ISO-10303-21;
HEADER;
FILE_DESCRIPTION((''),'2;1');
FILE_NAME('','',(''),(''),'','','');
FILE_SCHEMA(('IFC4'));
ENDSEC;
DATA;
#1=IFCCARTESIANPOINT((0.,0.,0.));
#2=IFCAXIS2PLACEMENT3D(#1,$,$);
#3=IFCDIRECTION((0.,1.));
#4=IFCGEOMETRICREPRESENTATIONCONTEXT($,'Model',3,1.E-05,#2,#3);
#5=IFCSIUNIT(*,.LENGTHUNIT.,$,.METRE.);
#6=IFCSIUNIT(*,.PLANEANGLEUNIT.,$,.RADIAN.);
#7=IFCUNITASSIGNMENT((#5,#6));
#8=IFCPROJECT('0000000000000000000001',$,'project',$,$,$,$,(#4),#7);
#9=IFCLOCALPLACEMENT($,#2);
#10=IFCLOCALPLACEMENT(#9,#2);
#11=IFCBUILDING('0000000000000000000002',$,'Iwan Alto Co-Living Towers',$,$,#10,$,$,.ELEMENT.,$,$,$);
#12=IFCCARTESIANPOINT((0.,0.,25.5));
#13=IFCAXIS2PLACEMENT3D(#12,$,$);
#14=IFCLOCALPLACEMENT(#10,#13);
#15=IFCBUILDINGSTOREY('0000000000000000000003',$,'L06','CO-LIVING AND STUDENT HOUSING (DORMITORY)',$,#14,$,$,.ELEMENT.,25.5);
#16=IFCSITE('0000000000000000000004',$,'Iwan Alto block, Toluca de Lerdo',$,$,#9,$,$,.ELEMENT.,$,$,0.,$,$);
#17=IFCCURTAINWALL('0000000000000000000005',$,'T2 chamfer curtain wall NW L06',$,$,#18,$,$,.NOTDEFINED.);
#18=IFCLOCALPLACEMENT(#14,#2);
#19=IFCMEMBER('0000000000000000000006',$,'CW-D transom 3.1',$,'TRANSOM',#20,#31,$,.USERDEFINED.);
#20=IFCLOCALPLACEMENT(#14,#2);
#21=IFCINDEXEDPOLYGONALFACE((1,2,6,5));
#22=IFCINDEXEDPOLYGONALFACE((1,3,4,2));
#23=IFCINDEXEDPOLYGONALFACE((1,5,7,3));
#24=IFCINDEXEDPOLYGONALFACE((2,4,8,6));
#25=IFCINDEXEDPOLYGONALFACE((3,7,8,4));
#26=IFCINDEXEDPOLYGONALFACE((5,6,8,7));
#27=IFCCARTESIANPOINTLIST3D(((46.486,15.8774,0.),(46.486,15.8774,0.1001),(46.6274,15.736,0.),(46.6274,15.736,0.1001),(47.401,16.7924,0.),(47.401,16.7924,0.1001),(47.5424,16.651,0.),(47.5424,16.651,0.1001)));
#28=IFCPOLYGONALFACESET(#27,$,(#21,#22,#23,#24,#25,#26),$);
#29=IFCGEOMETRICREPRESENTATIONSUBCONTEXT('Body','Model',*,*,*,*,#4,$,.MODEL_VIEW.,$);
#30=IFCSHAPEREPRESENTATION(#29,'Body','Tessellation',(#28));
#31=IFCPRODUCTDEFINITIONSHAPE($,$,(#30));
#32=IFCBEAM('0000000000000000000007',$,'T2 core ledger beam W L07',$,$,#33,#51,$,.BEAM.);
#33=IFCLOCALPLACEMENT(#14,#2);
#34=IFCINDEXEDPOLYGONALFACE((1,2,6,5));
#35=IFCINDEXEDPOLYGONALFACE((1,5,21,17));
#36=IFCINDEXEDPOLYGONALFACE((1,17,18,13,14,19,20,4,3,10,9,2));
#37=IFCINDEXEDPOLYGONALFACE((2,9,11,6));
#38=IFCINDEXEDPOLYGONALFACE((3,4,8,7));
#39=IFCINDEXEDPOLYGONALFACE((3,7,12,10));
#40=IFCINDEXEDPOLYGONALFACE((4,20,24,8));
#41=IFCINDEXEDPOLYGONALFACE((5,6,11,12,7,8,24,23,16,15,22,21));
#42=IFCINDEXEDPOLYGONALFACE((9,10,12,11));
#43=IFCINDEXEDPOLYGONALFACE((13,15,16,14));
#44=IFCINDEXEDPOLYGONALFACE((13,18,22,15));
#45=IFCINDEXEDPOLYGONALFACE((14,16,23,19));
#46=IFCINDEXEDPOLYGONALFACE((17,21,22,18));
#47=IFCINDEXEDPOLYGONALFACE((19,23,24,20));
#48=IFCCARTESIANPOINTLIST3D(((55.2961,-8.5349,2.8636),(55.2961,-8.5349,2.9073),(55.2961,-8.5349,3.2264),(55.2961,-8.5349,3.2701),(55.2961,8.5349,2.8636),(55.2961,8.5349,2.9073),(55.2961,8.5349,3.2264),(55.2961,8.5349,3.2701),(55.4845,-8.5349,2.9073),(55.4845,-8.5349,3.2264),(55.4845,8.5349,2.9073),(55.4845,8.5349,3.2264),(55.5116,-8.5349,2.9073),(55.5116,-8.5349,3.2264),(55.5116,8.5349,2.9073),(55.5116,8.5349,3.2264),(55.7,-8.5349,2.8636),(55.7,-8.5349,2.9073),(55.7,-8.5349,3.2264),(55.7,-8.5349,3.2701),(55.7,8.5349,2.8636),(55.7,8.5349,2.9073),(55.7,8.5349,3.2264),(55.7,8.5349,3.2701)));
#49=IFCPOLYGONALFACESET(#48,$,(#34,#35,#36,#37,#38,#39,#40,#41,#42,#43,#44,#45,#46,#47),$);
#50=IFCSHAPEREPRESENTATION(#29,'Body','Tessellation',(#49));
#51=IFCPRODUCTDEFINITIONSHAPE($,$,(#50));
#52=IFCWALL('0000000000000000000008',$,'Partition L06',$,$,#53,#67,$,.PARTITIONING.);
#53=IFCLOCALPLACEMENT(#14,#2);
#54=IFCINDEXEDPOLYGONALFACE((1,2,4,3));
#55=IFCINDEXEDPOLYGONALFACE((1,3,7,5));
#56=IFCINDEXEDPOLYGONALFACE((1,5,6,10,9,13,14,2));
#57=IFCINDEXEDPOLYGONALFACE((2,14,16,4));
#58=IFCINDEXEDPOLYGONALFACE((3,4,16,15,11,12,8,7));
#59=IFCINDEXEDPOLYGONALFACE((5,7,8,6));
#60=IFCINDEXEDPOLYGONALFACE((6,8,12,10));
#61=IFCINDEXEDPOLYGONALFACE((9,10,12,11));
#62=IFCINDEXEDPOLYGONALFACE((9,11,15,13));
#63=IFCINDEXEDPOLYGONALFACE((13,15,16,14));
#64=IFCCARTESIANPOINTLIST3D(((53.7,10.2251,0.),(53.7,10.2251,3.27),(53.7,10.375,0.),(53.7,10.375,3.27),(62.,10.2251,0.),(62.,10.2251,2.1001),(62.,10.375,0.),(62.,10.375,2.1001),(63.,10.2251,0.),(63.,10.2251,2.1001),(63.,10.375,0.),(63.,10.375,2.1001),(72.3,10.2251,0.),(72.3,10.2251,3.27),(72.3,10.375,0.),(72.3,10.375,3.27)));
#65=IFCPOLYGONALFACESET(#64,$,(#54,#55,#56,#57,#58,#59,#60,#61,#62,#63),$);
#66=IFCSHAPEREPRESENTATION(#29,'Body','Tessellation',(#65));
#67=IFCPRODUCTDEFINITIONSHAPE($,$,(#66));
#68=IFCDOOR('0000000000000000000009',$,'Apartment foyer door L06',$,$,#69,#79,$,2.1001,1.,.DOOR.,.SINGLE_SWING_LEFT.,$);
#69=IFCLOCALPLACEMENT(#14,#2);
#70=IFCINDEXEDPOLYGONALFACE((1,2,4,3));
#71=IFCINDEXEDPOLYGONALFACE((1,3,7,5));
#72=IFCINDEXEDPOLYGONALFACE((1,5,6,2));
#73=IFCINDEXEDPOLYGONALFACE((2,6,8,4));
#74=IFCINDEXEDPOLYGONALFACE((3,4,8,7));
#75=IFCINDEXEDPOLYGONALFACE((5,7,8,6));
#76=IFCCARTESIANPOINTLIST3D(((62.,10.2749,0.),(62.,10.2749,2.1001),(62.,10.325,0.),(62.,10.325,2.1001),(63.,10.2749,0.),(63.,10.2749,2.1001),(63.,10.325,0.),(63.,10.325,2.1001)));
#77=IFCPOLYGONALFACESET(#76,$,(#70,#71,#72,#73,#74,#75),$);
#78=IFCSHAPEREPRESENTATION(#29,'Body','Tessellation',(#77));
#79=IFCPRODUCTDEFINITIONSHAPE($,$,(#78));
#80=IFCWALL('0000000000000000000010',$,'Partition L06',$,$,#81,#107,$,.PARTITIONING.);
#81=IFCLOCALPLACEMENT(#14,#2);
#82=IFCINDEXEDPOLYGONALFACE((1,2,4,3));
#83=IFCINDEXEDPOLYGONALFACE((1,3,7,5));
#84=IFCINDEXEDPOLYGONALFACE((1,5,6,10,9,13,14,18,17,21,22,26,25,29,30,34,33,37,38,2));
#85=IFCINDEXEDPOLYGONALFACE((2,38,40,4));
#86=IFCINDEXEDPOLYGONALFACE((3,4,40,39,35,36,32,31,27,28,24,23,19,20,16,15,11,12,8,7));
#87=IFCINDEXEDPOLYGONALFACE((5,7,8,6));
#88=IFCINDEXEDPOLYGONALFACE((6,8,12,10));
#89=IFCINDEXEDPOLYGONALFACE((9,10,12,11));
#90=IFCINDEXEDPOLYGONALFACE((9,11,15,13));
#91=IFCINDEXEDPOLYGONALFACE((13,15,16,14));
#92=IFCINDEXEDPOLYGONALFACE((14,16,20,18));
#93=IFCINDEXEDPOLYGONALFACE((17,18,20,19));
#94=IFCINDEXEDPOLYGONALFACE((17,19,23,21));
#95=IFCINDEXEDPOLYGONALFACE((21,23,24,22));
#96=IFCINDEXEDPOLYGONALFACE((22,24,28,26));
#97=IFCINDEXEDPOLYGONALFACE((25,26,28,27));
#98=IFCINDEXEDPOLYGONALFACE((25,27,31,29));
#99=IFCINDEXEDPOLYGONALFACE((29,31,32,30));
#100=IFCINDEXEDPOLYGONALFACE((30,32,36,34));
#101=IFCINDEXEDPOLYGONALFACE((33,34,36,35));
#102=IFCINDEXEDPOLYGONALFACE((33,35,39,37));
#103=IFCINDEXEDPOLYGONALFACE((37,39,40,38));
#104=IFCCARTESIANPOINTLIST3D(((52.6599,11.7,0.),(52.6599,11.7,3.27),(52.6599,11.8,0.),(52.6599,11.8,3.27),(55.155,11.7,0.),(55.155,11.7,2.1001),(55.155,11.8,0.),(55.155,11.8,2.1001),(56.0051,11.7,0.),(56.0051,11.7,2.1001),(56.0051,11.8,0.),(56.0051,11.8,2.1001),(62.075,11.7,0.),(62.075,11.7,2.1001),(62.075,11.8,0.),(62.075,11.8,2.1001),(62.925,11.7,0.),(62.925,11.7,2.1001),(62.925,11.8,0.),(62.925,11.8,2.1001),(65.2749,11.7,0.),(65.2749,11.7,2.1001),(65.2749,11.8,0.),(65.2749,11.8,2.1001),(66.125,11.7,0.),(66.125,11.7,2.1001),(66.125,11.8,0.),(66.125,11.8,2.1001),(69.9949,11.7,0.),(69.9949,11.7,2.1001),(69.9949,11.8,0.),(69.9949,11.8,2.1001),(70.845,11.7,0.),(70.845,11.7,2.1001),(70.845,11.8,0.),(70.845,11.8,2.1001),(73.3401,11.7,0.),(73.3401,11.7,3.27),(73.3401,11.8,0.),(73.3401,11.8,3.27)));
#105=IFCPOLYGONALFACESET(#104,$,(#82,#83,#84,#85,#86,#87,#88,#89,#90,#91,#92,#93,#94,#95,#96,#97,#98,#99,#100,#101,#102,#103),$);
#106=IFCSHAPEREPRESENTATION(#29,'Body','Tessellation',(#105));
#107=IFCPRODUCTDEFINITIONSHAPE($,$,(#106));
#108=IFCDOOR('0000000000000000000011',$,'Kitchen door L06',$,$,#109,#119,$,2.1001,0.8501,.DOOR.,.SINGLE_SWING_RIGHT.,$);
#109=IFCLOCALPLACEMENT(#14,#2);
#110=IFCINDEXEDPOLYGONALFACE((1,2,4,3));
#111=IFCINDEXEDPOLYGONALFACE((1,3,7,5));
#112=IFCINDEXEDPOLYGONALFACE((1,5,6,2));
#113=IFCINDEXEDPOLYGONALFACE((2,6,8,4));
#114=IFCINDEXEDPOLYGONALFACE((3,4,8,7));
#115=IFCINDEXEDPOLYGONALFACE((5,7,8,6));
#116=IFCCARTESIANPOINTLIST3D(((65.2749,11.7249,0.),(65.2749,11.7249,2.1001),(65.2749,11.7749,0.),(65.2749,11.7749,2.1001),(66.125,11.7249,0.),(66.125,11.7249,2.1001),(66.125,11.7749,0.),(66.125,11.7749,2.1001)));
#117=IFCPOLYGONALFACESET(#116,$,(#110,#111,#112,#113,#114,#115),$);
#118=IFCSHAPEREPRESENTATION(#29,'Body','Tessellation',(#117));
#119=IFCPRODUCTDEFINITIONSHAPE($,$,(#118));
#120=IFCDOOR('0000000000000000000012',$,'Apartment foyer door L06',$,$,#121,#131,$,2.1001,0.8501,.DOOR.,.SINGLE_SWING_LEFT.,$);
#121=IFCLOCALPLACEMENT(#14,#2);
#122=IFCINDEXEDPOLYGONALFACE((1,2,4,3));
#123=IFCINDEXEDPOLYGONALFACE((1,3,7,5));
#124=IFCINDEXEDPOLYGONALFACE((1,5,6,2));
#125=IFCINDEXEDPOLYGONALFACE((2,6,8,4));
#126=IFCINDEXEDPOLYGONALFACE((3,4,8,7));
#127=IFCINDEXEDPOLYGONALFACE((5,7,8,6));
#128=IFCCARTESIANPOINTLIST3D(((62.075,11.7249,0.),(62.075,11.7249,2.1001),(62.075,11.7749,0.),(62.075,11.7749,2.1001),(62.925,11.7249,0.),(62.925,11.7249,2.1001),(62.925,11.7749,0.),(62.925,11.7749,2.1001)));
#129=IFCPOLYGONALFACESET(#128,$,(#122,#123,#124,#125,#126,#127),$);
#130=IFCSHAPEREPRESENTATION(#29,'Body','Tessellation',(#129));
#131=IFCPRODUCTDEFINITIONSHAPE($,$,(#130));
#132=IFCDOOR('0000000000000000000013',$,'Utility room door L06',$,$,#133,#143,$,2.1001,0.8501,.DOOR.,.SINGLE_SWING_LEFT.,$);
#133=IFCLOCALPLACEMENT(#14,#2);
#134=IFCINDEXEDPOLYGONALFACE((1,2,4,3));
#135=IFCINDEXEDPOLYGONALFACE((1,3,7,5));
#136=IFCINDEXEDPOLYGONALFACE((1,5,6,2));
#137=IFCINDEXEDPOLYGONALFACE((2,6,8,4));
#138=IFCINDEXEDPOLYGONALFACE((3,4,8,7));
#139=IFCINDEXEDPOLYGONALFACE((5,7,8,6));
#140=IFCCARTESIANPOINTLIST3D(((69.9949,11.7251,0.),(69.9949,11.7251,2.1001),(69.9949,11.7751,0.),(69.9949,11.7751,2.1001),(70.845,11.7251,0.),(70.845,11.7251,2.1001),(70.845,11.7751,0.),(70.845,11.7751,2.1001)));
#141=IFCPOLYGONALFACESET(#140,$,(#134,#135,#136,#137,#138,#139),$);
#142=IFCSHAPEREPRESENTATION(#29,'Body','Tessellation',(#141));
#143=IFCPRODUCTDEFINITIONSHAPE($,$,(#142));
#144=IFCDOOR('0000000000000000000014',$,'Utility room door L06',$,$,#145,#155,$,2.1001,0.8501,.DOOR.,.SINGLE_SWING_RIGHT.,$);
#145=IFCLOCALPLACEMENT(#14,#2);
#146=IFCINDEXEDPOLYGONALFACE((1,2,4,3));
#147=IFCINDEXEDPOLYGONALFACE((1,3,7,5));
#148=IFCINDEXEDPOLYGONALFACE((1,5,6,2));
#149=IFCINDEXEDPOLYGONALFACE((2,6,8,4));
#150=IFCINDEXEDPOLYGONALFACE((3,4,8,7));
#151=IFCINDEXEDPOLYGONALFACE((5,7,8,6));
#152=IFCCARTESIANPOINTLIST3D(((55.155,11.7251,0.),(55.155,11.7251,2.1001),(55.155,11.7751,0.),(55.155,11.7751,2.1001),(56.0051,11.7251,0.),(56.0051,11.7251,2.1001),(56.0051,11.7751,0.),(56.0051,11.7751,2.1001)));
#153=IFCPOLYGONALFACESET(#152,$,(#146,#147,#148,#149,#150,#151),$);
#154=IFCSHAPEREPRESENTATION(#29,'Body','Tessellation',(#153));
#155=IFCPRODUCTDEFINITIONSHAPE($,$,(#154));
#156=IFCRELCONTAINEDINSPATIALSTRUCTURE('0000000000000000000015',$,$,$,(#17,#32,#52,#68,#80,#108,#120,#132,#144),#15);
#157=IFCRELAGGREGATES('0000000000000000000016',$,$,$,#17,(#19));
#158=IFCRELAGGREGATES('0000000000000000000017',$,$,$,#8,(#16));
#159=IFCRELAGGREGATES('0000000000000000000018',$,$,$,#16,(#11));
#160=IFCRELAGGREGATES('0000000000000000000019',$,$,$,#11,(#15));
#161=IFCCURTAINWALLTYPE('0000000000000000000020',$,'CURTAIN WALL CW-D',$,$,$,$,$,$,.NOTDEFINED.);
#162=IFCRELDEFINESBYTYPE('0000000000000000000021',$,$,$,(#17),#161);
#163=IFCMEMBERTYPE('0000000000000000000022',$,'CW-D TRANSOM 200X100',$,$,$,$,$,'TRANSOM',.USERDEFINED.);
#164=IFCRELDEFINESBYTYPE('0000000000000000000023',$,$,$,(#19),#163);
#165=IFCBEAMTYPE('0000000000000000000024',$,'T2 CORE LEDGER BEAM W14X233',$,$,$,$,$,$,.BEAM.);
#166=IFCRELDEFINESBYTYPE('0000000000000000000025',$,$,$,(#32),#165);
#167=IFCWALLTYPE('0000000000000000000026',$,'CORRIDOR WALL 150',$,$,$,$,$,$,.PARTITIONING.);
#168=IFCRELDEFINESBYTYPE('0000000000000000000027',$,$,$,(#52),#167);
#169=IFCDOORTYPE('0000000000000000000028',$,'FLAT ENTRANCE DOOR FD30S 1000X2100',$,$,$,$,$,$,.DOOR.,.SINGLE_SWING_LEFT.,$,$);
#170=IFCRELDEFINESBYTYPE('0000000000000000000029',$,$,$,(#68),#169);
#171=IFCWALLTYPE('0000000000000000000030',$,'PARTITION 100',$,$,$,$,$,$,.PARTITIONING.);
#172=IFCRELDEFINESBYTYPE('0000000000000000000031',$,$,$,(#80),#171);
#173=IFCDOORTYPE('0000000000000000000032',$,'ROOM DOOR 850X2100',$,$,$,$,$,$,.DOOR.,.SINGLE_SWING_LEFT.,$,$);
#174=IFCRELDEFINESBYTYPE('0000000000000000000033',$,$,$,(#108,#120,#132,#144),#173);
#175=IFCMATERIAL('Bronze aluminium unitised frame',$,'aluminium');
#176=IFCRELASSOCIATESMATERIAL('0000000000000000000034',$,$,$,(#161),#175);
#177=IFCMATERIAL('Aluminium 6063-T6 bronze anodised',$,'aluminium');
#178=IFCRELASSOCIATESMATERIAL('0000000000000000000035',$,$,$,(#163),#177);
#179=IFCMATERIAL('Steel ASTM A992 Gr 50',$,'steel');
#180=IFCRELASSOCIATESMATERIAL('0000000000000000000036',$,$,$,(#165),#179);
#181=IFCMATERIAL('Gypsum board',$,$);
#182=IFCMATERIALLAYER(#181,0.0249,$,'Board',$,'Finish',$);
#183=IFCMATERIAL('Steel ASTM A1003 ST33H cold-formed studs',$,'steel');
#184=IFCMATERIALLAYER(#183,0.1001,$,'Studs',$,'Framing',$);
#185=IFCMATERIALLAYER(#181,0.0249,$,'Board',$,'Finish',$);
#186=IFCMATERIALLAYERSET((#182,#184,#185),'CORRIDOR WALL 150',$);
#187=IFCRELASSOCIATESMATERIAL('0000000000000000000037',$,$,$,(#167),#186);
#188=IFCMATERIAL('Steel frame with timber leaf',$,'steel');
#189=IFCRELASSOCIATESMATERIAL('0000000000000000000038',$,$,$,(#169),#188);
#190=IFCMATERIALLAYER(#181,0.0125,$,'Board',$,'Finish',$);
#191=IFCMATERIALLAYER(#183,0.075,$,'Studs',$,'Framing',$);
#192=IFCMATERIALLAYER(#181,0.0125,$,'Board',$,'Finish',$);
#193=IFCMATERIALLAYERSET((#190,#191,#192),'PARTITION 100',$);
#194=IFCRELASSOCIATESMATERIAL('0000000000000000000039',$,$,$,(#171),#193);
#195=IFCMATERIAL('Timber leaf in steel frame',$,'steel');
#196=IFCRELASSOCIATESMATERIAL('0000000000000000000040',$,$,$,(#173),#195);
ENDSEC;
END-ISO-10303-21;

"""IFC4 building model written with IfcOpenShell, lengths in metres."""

from ifc_helpers import new_model, si_unit, direction, frame, frame_2d, origin, origin_2d, place, context, subcontext, project, spatial, rectangle, i_section, extrude, material, layer, layer_set, material_profile, profile_set, type_object, element, fill, aggregate, save


model = new_model("IFC4")

# Units and contexts
model_context = context("Model", 3, precision=1e-05, world=origin(), true_north=direction((0.0, 1.0)))
body_context = subcontext(model_context, "Body", "Model", "MODEL_VIEW")
ifc_project = project(units=[si_unit("LENGTHUNIT", "METRE"), si_unit("PLANEANGLEUNIT", "RADIAN")], contexts=[model_context])

# Site, building, storey
site_placement = place(None, origin())
site = spatial("IfcSite", under=ifc_project, at=site_placement, Name="Iwan Alto block, Toluca de Lerdo", CompositionType="ELEMENT", RefElevation=0.0)
building_placement = place(site_placement, origin())
building = spatial("IfcBuilding", under=site, at=building_placement, Name="Iwan Alto Co-Living Towers", CompositionType="ELEMENT")
storey_placement = place(building_placement, frame((0.0, 0.0, 25.5)))
storey = spatial("IfcBuildingStorey", under=building, at=storey_placement, Name="L06", Description="CO-LIVING AND STUDENT HOUSING (DORMITORY)", CompositionType="ELEMENT", Elevation=25.5)

# Curtain wall, member
ifc_material_1 = material(Name="Bronze aluminium unitised frame", Category="aluminium")
curtain_wall_type = type_object("IfcCurtainWallType", Name="CURTAIN WALL CW-D", PredefinedType="NOTDEFINED", material=ifc_material_1)
curtain_wall_placement = place(storey_placement, origin())
curtain_wall = element("IfcCurtainWall", 1, at=curtain_wall_placement, inside=storey, type_object=curtain_wall_type, Name="T2 chamfer curtain wall NW L06", PredefinedType="NOTDEFINED")
ifc_material_2 = material(Name="Aluminium 6063-T6 bronze anodised", Category="aluminium")
ifc_material_profile_1 = material_profile(ifc_material_2, rectangle(XDim=0.2, YDim=0.1001, at=origin_2d()), Name="AL 200X100")
ifc_profile_set_1 = profile_set([ifc_material_profile_1], Name="Aluminium 6063-T6 bronze anodised")
member_type = type_object("IfcMemberType", Name="CW-D TRANSOM 200X100", ElementType="TRANSOM", PredefinedType="USERDEFINED", material=ifc_profile_set_1)
member_placement = place(storey_placement, frame((47.4717, 16.7217, 0.05), z_axis=(-0.707107, -0.707107, 0.0), x_axis=(0.707107, -0.707107, 0.0)))
member = element("IfcMember", 2, at=member_placement, type_object=member_type, Name="CW-D transom 3.1", ObjectType="TRANSOM", PredefinedType="USERDEFINED", context=body_context, shape_type="SweptSolid", body=[
    extrude(rectangle(XDim=0.2, YDim=0.1001, at=origin_2d()), origin(), (0.0, 0.0, 1.0), 1.2939),
])
aggregate(curtain_wall, [member])

# Beam
ifc_material_3 = material(Name="Steel ASTM A992 Gr 50", Category="steel")
ifc_material_profile_2 = material_profile(ifc_material_3, i_section(OverallWidth=0.4038, OverallDepth=0.4065, WebThickness=0.0271, FlangeThickness=0.0437, at=origin_2d()), Name="W14X233")
ifc_profile_set_2 = profile_set([ifc_material_profile_2], Name="Steel ASTM A992 Gr 50")
beam_type = type_object("IfcBeamType", Name="T2 CORE LEDGER BEAM W14X233", PredefinedType="BEAM", material=ifc_profile_set_2)
beam_placement = place(storey_placement, frame((55.498, 8.5349, 3.0669), z_axis=(0.0, -1.0, 0.0), x_axis=(1.0, 0.0, 0.0)))
element("IfcBeam", 3, at=beam_placement, inside=storey, type_object=beam_type, Name="T2 core ledger beam W L07", PredefinedType="BEAM", context=body_context, shape_type="SweptSolid", body=[
    extrude(i_section(OverallWidth=0.4038, OverallDepth=0.4065, WebThickness=0.0271, FlangeThickness=0.0437, at=origin_2d()), origin(), (0.0, 0.0, 1.0), 17.0698),
])

# Wall, opening, door
ifc_material_4 = material(Name="Gypsum board")
ifc_layer_1 = layer(ifc_material_4, 0.0249, Name="Board", Category="Finish")
ifc_material_5 = material(Name="Steel ASTM A1003 ST33H cold-formed studs", Category="steel")
ifc_layer_2 = layer(ifc_material_5, 0.1001, Name="Studs", Category="Framing")
ifc_layer_3 = layer(ifc_material_4, 0.0249, Name="Board", Category="Finish")
ifc_layer_set_1 = layer_set([ifc_layer_1, ifc_layer_2, ifc_layer_3], Name="CORRIDOR WALL 150")
wall_type_1 = type_object("IfcWallType", Name="CORRIDOR WALL 150", PredefinedType="PARTITIONING", material=ifc_layer_set_1)
wall_1_placement = place(storey_placement, frame((53.7, 10.3, 0.0), z_axis=(0.0, 0.0, 1.0), x_axis=(1.0, 0.0, 0.0)))
wall_1 = element("IfcWall", 4, at=wall_1_placement, inside=storey, type_object=wall_type_1, Name="Partition L06", PredefinedType="PARTITIONING", context=body_context, shape_type="SweptSolid", body=[
    extrude(rectangle(XDim=18.6001, YDim=0.1499, at=frame_2d((9.3, 0.0))), origin(), (0.0, 0.0, 1.0), 3.27),
])
opening_1_placement = place(wall_1_placement, frame((8.3, 0.0, 0.0)))
opening_1 = element("IfcOpeningElement", 5, at=opening_1_placement, cuts=wall_1, PredefinedType="OPENING", context=body_context, shape_type="SweptSolid", body=[
    extrude(rectangle(XDim=1.0, YDim=2.1001, at=frame_2d((0.5, 1.05))), frame((0.0, 0.085, 0.0), z_axis=(0.0, -1.0, 0.0), x_axis=(1.0, 0.0, 0.0)), (0.0, 0.0, 1.0), 0.1699),
])
ifc_material_6 = material(Name="Steel frame with timber leaf", Category="steel")
door_type_1 = type_object("IfcDoorType", Name="FLAT ENTRANCE DOOR FD30S 1000X2100", OperationType="SINGLE_SWING_LEFT", PredefinedType="DOOR", material=ifc_material_6)
door_1_placement = place(opening_1_placement, origin())
door_1 = element("IfcDoor", 6, at=door_1_placement, inside=storey, type_object=door_type_1, Name="Apartment foyer door L06", OperationType="SINGLE_SWING_LEFT", OverallHeight=2.1001, OverallWidth=1.0, PredefinedType="DOOR", context=body_context, shape_type="SweptSolid", body=[
    extrude(rectangle(XDim=1.0, YDim=2.1001, at=frame_2d((0.5, 1.05))), frame((0.0, 0.0249, 0.0), z_axis=(0.0, -1.0, 0.0), x_axis=(1.0, 0.0, 0.0)), (0.0, 0.0, 1.0), 0.05),
])
fill(opening_1, door_1)

# Wall, openings, doors
ifc_layer_4 = layer(ifc_material_4, 0.0125, Name="Board", Category="Finish")
ifc_layer_5 = layer(ifc_material_5, 0.075, Name="Studs", Category="Framing")
ifc_layer_6 = layer(ifc_material_4, 0.0125, Name="Board", Category="Finish")
ifc_layer_set_2 = layer_set([ifc_layer_4, ifc_layer_5, ifc_layer_6], Name="PARTITION 100")
wall_type_2 = type_object("IfcWallType", Name="PARTITION 100", PredefinedType="PARTITIONING", material=ifc_layer_set_2)
wall_2_placement = place(storey_placement, frame((52.6599, 11.75, 0.0), z_axis=(0.0, 0.0, 1.0), x_axis=(1.0, 0.0, 0.0)))
wall_2 = element("IfcWall", 7, at=wall_2_placement, inside=storey, type_object=wall_type_2, Name="Partition L06", PredefinedType="PARTITIONING", context=body_context, shape_type="SweptSolid", body=[
    extrude(rectangle(XDim=20.6802, YDim=0.1001, at=frame_2d((10.3401, 0.0))), origin(), (0.0, 0.0, 1.0), 3.27),
])
opening_2_placement = place(wall_2_placement, frame((12.615, 0.0, 0.0)))
opening_2 = element("IfcOpeningElement", 8, at=opening_2_placement, cuts=wall_2, PredefinedType="OPENING", context=body_context, shape_type="SweptSolid", body=[
    extrude(rectangle(XDim=0.8501, YDim=2.1001, at=frame_2d((0.425, 1.05))), frame((0.0, 0.0601, 0.0), z_axis=(0.0, -1.0, 0.0), x_axis=(1.0, 0.0, 0.0)), (0.0, 0.0, 1.0), 0.1201),
])
opening_3_placement = place(wall_2_placement, frame((9.415, 0.0, 0.0)))
opening_3 = element("IfcOpeningElement", 9, at=opening_3_placement, cuts=wall_2, PredefinedType="OPENING", context=body_context, shape_type="SweptSolid", body=[
    extrude(rectangle(XDim=0.8501, YDim=2.1001, at=frame_2d((0.425, 1.05))), frame((0.0, 0.0601, 0.0), z_axis=(0.0, -1.0, 0.0), x_axis=(1.0, 0.0, 0.0)), (0.0, 0.0, 1.0), 0.1201),
])
opening_4_placement = place(wall_2_placement, frame((17.335, 0.0, 0.0)))
opening_4 = element("IfcOpeningElement", 10, at=opening_4_placement, cuts=wall_2, PredefinedType="OPENING", context=body_context, shape_type="SweptSolid", body=[
    extrude(rectangle(XDim=0.8501, YDim=2.1001, at=frame_2d((0.425, 1.05))), frame((0.0, 0.0601, 0.0), z_axis=(0.0, -1.0, 0.0), x_axis=(1.0, 0.0, 0.0)), (0.0, 0.0, 1.0), 0.1201),
])
opening_5_placement = place(wall_2_placement, frame((2.4951, 0.0, 0.0)))
opening_5 = element("IfcOpeningElement", 11, at=opening_5_placement, cuts=wall_2, PredefinedType="OPENING", context=body_context, shape_type="SweptSolid", body=[
    extrude(rectangle(XDim=0.8501, YDim=2.1001, at=frame_2d((0.425, 1.05))), frame((0.0, 0.0601, 0.0), z_axis=(0.0, -1.0, 0.0), x_axis=(1.0, 0.0, 0.0)), (0.0, 0.0, 1.0), 0.1201),
])
ifc_material_7 = material(Name="Timber leaf in steel frame", Category="steel")
door_type_2 = type_object("IfcDoorType", Name="ROOM DOOR 850X2100", OperationType="SINGLE_SWING_LEFT", PredefinedType="DOOR", material=ifc_material_7)
door_2_placement = place(opening_2_placement, origin())
door_2 = element("IfcDoor", 12, at=door_2_placement, inside=storey, type_object=door_type_2, Name="Kitchen door L06", OperationType="SINGLE_SWING_RIGHT", OverallHeight=2.1001, OverallWidth=0.8501, PredefinedType="DOOR", context=body_context, shape_type="SweptSolid", body=[
    extrude(rectangle(XDim=0.8501, YDim=2.1001, at=frame_2d((0.425, 1.05))), frame((0.0, 0.0249, 0.0), z_axis=(0.0, -1.0, 0.0), x_axis=(1.0, 0.0, 0.0)), (0.0, 0.0, 1.0), 0.05),
])
fill(opening_2, door_2)
door_3_placement = place(opening_3_placement, origin())
door_3 = element("IfcDoor", 13, at=door_3_placement, inside=storey, type_object=door_type_2, Name="Apartment foyer door L06", OperationType="SINGLE_SWING_LEFT", OverallHeight=2.1001, OverallWidth=0.8501, PredefinedType="DOOR", context=body_context, shape_type="SweptSolid", body=[
    extrude(rectangle(XDim=0.8501, YDim=2.1001, at=frame_2d((0.425, 1.05))), frame((0.0, 0.0249, 0.0), z_axis=(0.0, -1.0, 0.0), x_axis=(1.0, 0.0, 0.0)), (0.0, 0.0, 1.0), 0.05),
])
fill(opening_3, door_3)
door_4_placement = place(opening_4_placement, frame((0.8501, 0.0, 0.0), z_axis=(0.0, 0.0, 1.0), x_axis=(-1.0, 0.0, 0.0)))
door_4 = element("IfcDoor", 14, at=door_4_placement, inside=storey, type_object=door_type_2, Name="Utility room door L06", OperationType="SINGLE_SWING_LEFT", OverallHeight=2.1001, OverallWidth=0.8501, PredefinedType="DOOR", context=body_context, shape_type="SweptSolid", body=[
    extrude(rectangle(XDim=0.8501, YDim=2.1001, at=frame_2d((0.425, 1.05))), frame((0.0, 0.0249, 0.0), z_axis=(0.0, -1.0, 0.0), x_axis=(1.0, 0.0, 0.0)), (0.0, 0.0, 1.0), 0.05),
])
fill(opening_4, door_4)
door_5_placement = place(opening_5_placement, frame((0.8501, 0.0, 0.0), z_axis=(0.0, 0.0, 1.0), x_axis=(-1.0, 0.0, 0.0)))
door_5 = element("IfcDoor", 15, at=door_5_placement, inside=storey, type_object=door_type_2, Name="Utility room door L06", OperationType="SINGLE_SWING_RIGHT", OverallHeight=2.1001, OverallWidth=0.8501, PredefinedType="DOOR", context=body_context, shape_type="SweptSolid", body=[
    extrude(rectangle(XDim=0.8501, YDim=2.1001, at=frame_2d((0.425, 1.05))), frame((0.0, 0.0249, 0.0), z_axis=(0.0, -1.0, 0.0), x_axis=(1.0, 0.0, 0.0)), (0.0, 0.0, 1.0), 0.05),
])
fill(opening_5, door_5)

save(model, "model.ifc")
